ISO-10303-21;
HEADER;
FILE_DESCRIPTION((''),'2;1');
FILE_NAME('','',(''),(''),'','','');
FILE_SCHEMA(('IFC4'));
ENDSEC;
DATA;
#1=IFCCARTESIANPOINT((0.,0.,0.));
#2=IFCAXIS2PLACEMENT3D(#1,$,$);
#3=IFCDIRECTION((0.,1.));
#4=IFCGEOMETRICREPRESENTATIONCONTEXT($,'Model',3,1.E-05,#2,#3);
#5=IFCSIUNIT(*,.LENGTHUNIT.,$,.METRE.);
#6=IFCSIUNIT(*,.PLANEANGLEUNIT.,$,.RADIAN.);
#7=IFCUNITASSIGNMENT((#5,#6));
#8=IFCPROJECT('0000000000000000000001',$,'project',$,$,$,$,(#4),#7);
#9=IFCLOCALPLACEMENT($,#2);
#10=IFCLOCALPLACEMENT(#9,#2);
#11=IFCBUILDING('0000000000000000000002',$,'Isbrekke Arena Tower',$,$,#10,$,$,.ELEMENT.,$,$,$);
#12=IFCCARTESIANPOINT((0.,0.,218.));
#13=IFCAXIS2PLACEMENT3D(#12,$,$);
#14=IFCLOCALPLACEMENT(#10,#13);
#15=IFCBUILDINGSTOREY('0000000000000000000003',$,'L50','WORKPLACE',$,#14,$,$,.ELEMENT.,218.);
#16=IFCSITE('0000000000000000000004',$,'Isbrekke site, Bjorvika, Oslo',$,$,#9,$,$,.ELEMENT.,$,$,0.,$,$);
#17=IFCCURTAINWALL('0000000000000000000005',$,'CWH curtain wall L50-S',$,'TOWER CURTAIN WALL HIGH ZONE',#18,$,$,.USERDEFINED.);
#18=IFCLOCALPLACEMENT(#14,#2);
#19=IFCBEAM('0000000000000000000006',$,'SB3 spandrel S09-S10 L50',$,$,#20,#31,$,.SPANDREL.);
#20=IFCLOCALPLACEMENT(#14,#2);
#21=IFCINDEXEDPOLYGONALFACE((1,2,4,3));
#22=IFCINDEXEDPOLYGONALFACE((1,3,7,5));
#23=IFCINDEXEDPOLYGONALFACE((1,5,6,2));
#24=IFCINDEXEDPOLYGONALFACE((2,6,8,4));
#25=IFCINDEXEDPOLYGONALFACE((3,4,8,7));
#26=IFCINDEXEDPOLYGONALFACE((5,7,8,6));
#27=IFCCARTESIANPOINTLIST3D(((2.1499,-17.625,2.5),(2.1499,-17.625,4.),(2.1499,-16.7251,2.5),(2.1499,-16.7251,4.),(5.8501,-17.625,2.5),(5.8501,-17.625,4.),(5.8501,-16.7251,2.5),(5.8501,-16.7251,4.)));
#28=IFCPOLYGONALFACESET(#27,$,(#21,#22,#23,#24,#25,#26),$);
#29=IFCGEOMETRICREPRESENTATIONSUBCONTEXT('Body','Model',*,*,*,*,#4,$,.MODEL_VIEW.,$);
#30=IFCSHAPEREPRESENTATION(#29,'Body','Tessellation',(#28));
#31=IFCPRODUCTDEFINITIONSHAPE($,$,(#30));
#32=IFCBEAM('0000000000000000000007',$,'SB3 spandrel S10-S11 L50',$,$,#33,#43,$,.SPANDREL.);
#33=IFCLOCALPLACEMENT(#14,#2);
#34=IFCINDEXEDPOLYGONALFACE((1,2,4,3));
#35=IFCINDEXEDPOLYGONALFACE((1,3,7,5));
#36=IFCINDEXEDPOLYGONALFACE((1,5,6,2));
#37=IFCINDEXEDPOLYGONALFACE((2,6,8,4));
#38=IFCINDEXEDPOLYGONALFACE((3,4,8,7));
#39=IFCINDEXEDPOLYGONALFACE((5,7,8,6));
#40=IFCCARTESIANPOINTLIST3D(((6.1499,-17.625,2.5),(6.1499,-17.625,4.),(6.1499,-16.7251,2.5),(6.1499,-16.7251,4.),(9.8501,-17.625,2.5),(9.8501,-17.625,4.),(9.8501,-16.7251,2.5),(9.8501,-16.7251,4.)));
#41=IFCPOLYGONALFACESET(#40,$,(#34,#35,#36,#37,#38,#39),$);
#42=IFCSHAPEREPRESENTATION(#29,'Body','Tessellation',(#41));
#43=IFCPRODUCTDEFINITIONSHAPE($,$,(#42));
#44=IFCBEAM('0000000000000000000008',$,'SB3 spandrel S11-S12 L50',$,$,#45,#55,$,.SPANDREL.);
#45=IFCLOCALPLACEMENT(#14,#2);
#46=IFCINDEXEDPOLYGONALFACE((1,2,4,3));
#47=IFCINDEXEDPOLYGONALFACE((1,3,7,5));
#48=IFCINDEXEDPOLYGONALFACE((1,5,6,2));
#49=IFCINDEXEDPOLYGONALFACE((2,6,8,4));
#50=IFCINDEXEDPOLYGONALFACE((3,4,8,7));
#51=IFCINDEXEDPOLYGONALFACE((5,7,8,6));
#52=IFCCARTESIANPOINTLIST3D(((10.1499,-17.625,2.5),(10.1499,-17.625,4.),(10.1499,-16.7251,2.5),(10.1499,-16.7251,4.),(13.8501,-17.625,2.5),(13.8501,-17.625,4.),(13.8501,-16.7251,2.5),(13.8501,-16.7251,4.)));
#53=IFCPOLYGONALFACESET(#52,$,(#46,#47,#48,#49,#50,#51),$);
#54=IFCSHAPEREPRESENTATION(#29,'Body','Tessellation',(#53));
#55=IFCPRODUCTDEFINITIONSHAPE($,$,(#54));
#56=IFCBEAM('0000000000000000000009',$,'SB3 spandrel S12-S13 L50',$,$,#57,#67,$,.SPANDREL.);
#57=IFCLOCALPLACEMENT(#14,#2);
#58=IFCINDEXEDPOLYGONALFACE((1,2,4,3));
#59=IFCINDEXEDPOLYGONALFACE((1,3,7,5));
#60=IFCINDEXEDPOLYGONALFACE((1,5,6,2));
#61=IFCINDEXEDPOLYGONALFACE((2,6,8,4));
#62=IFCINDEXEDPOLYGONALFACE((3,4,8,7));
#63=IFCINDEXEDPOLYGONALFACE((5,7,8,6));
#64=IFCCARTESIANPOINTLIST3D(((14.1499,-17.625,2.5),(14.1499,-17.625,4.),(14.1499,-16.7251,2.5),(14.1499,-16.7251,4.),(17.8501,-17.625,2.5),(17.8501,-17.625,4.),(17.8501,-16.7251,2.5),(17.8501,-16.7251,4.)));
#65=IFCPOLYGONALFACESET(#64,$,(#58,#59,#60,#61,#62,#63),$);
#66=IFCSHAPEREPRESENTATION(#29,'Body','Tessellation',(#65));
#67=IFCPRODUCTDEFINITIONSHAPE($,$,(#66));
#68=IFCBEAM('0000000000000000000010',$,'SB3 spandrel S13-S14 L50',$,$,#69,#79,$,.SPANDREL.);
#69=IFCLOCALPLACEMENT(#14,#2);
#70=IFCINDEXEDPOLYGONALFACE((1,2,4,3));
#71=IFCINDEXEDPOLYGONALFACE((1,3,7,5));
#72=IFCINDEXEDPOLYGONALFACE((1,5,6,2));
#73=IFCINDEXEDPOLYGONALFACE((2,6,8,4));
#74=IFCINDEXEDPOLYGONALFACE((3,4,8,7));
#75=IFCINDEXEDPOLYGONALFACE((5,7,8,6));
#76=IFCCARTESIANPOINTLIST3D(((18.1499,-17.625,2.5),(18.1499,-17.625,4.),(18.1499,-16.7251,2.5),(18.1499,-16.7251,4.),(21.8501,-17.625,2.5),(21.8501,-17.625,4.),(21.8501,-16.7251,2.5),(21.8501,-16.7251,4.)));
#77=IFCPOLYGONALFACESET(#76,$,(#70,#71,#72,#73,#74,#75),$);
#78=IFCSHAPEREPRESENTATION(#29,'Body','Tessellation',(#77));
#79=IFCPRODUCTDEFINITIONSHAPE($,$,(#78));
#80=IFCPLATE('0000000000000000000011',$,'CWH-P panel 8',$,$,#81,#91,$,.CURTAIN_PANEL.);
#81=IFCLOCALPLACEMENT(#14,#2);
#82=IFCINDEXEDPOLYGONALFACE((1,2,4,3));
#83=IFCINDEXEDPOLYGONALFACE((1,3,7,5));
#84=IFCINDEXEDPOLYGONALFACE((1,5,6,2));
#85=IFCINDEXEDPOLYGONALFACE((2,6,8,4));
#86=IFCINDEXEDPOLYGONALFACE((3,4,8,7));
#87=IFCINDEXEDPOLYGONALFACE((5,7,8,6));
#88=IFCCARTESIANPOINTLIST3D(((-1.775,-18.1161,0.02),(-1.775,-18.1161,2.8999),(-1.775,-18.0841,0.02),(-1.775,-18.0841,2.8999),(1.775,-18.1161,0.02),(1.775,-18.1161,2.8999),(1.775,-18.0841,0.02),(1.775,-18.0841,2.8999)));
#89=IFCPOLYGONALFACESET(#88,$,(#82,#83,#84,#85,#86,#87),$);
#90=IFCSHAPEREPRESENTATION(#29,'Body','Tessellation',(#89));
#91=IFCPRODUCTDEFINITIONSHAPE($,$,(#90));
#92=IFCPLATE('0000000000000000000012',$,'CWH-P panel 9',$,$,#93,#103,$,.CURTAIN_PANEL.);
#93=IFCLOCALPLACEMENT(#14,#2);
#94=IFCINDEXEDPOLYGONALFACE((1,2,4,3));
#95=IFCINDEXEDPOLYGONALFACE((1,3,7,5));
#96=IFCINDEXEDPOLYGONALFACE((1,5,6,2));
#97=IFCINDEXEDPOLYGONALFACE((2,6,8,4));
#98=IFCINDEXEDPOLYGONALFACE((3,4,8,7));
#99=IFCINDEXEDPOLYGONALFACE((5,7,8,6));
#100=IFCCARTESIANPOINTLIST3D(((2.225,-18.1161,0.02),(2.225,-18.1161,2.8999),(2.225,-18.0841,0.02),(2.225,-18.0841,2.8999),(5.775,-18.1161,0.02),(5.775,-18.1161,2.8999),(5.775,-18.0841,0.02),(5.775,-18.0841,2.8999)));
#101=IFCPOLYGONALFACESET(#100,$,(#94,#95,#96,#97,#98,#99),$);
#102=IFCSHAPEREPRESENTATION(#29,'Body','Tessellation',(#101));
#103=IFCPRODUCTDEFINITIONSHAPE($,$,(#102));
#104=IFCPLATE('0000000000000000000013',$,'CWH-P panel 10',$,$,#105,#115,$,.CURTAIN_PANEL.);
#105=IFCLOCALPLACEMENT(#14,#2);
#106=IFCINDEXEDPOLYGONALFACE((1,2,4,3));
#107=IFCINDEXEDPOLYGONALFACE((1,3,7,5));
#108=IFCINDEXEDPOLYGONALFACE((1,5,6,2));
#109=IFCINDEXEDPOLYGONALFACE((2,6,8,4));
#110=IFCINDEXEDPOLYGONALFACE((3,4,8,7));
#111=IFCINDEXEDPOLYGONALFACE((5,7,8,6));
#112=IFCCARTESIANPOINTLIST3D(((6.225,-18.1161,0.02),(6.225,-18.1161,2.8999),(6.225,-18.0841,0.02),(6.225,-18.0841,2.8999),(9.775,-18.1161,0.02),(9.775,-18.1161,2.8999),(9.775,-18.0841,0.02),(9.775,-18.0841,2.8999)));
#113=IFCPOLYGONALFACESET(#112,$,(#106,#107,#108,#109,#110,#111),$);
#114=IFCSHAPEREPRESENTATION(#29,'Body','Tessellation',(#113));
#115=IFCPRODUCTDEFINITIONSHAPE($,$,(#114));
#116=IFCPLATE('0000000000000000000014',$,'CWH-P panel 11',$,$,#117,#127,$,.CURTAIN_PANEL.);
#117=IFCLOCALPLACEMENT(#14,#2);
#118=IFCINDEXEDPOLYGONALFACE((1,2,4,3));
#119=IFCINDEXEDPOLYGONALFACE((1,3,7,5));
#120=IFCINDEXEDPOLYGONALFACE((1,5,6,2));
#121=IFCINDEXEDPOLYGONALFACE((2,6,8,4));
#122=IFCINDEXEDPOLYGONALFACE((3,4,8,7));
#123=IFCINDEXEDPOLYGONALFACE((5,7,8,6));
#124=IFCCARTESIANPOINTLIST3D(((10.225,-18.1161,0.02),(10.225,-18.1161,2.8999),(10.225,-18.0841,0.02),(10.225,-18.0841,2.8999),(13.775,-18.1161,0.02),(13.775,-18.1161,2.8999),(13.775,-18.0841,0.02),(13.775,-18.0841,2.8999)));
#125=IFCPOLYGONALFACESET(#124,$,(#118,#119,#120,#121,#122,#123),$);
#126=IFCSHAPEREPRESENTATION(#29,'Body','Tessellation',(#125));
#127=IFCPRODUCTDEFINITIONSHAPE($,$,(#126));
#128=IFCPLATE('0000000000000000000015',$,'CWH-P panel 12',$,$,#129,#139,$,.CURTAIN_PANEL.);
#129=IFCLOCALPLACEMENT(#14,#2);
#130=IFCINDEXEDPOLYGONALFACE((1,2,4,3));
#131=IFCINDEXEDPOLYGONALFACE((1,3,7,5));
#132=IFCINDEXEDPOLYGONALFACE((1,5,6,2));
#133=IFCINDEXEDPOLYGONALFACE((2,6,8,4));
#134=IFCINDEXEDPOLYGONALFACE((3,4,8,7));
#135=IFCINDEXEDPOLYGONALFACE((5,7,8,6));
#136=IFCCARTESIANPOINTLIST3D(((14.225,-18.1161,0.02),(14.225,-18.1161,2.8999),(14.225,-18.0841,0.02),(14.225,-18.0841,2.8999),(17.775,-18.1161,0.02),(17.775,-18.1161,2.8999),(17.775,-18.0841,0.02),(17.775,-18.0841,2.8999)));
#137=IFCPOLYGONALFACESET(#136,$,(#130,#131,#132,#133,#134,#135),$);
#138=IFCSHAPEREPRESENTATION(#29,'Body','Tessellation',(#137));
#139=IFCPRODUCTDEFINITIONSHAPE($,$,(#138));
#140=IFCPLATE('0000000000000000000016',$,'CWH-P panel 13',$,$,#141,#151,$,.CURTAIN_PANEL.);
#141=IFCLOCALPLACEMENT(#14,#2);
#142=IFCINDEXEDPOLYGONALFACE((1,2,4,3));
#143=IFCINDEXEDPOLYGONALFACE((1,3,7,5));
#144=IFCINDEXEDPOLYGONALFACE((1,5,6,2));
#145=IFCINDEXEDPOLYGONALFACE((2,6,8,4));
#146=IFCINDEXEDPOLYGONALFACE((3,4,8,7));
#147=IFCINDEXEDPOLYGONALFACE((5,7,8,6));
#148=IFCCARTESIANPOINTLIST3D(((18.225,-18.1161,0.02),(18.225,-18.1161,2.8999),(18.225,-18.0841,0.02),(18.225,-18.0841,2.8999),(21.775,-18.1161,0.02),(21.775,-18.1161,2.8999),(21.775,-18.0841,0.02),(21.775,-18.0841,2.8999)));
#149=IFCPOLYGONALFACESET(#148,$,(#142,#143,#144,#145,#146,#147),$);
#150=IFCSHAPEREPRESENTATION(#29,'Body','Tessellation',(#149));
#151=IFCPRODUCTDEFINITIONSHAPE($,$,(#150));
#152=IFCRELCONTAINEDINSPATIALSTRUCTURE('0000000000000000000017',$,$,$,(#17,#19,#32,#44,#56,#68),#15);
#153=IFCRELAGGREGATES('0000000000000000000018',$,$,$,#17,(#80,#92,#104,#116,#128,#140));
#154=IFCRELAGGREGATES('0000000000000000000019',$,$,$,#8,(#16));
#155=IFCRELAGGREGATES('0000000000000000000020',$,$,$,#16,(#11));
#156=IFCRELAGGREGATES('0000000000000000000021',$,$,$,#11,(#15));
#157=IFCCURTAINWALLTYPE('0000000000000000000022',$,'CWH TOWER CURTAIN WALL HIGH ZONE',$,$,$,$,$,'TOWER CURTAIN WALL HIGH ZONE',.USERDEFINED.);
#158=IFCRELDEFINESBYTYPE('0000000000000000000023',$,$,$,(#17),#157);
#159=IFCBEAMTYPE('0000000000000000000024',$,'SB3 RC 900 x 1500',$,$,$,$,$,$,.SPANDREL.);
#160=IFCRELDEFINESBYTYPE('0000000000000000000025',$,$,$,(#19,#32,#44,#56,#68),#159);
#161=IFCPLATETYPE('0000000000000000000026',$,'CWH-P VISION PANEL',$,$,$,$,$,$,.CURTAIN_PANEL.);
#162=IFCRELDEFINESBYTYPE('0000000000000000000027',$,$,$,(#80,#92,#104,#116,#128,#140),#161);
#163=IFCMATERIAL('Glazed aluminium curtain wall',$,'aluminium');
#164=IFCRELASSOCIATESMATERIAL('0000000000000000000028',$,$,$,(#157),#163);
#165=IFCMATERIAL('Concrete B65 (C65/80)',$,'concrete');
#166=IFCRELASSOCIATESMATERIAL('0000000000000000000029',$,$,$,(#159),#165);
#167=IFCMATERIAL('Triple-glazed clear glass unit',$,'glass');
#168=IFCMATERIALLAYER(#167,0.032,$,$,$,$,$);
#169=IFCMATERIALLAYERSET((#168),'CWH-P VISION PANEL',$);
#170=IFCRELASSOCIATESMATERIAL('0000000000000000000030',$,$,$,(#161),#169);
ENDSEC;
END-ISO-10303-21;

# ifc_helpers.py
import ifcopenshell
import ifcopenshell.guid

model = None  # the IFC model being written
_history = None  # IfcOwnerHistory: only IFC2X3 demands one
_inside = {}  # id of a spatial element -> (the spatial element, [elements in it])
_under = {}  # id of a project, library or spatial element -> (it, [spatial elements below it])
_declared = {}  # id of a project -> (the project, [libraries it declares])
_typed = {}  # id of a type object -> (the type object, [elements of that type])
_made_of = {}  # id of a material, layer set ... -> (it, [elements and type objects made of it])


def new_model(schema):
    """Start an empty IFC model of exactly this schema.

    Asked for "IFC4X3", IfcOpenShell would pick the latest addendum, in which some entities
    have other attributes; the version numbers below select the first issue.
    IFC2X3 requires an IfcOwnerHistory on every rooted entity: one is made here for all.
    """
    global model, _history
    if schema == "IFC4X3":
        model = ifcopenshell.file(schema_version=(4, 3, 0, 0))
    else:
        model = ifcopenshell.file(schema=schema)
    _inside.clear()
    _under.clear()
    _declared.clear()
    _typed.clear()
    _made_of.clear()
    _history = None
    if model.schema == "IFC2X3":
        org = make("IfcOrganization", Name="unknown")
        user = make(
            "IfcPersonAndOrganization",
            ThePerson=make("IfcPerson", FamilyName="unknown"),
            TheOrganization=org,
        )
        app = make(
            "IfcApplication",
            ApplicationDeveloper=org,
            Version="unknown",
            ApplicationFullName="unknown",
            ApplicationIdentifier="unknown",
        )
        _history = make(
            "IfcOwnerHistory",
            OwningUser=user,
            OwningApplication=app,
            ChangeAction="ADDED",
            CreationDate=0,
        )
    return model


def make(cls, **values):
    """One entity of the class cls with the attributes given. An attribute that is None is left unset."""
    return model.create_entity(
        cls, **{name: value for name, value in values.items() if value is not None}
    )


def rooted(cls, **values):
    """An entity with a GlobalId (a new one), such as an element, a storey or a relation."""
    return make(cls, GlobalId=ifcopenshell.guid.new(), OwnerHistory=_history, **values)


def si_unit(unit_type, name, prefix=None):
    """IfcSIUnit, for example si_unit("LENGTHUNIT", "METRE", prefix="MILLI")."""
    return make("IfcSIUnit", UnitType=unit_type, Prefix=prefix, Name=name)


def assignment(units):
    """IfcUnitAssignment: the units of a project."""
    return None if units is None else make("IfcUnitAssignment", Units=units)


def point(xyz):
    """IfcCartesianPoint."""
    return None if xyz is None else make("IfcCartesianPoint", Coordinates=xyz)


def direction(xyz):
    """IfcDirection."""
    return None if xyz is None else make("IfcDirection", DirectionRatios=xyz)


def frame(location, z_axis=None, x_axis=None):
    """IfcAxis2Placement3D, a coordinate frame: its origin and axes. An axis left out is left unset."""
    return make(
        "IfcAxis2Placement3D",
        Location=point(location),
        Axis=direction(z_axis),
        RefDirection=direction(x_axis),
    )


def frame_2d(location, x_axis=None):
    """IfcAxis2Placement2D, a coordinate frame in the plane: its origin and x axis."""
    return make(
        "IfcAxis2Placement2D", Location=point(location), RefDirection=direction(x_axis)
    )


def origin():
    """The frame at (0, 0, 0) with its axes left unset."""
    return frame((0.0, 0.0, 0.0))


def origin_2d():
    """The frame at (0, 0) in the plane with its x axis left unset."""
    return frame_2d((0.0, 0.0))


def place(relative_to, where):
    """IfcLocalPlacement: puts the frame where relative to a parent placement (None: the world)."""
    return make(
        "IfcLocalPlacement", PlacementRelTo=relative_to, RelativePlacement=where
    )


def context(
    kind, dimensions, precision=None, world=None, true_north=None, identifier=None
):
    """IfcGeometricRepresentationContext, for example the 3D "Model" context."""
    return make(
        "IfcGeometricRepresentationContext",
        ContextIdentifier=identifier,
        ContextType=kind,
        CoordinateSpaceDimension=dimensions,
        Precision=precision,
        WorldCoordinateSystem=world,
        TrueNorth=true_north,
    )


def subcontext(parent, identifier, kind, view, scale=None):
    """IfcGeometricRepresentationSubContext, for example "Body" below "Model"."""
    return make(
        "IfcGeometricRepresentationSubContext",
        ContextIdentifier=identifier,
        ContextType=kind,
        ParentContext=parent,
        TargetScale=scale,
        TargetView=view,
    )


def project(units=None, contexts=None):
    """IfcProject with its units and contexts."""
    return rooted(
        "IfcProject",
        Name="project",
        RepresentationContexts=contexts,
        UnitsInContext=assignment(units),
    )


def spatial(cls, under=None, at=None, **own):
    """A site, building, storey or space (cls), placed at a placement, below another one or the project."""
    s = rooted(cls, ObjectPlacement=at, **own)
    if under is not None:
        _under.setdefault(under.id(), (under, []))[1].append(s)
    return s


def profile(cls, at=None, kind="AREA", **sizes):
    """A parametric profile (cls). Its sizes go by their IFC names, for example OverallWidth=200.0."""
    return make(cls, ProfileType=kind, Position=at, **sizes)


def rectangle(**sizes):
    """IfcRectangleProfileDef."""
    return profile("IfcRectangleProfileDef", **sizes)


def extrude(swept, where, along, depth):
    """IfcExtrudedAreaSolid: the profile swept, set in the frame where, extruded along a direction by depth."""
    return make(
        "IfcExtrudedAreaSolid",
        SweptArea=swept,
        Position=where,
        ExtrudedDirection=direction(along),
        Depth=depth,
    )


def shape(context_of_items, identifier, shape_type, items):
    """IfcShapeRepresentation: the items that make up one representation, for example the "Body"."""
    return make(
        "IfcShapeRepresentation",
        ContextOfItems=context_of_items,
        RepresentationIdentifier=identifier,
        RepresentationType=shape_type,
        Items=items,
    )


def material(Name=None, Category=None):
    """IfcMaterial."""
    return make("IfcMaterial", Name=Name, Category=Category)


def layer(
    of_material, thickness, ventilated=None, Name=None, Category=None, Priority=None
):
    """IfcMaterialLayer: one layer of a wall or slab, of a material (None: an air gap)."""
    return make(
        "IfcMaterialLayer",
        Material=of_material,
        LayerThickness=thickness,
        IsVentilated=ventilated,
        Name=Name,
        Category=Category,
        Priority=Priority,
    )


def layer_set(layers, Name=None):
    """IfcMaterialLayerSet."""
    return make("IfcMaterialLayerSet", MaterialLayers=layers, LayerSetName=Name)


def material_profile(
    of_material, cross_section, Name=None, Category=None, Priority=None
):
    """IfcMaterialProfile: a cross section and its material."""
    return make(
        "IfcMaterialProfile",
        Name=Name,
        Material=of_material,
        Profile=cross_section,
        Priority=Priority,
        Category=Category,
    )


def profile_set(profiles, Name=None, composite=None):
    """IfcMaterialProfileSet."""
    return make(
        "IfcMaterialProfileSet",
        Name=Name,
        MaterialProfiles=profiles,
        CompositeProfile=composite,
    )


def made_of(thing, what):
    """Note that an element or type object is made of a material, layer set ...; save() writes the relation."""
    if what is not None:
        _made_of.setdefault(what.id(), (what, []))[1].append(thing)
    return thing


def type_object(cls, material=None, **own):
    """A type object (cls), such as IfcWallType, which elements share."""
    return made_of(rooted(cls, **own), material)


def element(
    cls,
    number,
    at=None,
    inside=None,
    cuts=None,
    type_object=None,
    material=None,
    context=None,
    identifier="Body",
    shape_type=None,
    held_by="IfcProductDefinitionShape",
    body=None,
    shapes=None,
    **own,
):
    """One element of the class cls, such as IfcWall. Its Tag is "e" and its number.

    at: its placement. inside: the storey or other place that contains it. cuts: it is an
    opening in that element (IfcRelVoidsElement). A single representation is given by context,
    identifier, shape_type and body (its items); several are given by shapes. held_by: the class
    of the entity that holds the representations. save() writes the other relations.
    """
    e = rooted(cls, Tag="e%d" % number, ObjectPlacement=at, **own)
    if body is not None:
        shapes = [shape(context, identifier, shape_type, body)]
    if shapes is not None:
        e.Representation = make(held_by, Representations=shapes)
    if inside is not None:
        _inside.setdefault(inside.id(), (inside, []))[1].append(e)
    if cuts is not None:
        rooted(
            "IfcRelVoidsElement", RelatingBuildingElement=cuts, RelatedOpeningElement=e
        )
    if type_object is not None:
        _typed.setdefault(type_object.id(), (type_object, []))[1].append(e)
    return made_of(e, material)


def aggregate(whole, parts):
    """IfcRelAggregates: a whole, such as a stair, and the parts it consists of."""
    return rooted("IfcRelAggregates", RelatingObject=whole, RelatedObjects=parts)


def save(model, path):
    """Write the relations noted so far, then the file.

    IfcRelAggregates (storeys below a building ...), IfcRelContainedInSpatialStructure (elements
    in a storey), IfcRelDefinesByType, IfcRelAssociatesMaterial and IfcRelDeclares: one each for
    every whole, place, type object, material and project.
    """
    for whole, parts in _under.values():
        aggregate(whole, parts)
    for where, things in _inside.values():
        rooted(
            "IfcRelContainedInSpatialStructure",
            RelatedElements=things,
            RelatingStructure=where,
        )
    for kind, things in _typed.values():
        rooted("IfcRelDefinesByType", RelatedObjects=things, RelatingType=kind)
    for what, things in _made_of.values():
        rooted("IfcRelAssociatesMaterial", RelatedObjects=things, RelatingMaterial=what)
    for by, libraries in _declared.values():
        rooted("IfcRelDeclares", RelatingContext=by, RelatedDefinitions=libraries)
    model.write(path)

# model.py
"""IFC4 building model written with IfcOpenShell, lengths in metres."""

from ifc_helpers import new_model, si_unit, direction, frame, origin, origin_2d, place, context, subcontext, project, spatial, rectangle, extrude, material, layer, layer_set, material_profile, profile_set, type_object, element, aggregate, save


model = new_model("IFC4")

# Units and contexts
model_context = context("Model", 3, precision=1e-05, world=origin(), true_north=direction((0.0, 1.0)))
body_context = subcontext(model_context, "Body", "Model", "MODEL_VIEW")
ifc_project = project(units=[si_unit("LENGTHUNIT", "METRE"), si_unit("PLANEANGLEUNIT", "RADIAN")], contexts=[model_context])

# Site, building, storey
site_placement = place(None, origin())
site = spatial("IfcSite", under=ifc_project, at=site_placement, Name="Isbrekke site, Bjorvika, Oslo", CompositionType="ELEMENT", RefElevation=0.0)
building_placement = place(site_placement, origin())
building = spatial("IfcBuilding", under=site, at=building_placement, Name="Isbrekke Arena Tower", CompositionType="ELEMENT")
storey_placement = place(building_placement, frame((0.0, 0.0, 218.0)))
storey = spatial("IfcBuildingStorey", under=building, at=storey_placement, Name="L50", Description="WORKPLACE", CompositionType="ELEMENT", Elevation=218.0)

# Curtain wall
ifc_material_1 = material(Name="Glazed aluminium curtain wall", Category="aluminium")
curtain_wall_type = type_object("IfcCurtainWallType", Name="CWH TOWER CURTAIN WALL HIGH ZONE", ElementType="TOWER CURTAIN WALL HIGH ZONE", PredefinedType="USERDEFINED", material=ifc_material_1)
curtain_wall_placement = place(storey_placement, origin())
curtain_wall = element("IfcCurtainWall", 1, at=curtain_wall_placement, inside=storey, type_object=curtain_wall_type, Name="CWH curtain wall L50-S", ObjectType="TOWER CURTAIN WALL HIGH ZONE", PredefinedType="USERDEFINED")

# Beams
ifc_material_2 = material(Name="Concrete B65 (C65/80)", Category="concrete")
ifc_material_profile_1 = material_profile(ifc_material_2, rectangle(XDim=0.8999, YDim=1.5, at=origin_2d()), Name="RC 900x1500")
ifc_profile_set_1 = profile_set([ifc_material_profile_1], Name="Concrete B65 (C65/80)")
beam_type = type_object("IfcBeamType", Name="SB3 RC 900 x 1500", PredefinedType="SPANDREL", material=ifc_profile_set_1)
for number, where, z_axis, x_axis, name in (
    (2, (2.1499, -17.175, 3.25), (1.0, 0.0, 0.0), (0.0, 1.0, 0.0), "SB3 spandrel S09-S10 L50"),
    (3, (6.1499, -17.175, 3.25), (1.0, 0.0, 0.0), (0.0, 1.0, 0.0), "SB3 spandrel S10-S11 L50"),
    (4, (10.1499, -17.175, 3.25), (1.0, 0.0, 0.0), (0.0, 1.0, 0.0), "SB3 spandrel S11-S12 L50"),
    (5, (14.1499, -17.175, 3.25), (1.0, 0.0, 0.0), (0.0, 1.0, 0.0), "SB3 spandrel S12-S13 L50"),
    (6, (18.1499, -17.175, 3.25), (1.0, 0.0, 0.0), (0.0, 1.0, 0.0), "SB3 spandrel S13-S14 L50"),
):
    element("IfcBeam", number, at=place(storey_placement, frame(where, z_axis=z_axis, x_axis=x_axis)), inside=storey, type_object=beam_type, Name=name, PredefinedType="SPANDREL", context=body_context, shape_type="SweptSolid", body=[
        extrude(rectangle(XDim=0.8999, YDim=1.5, at=origin_2d()), origin(), (0.0, 0.0, 1.0), 3.7002),
    ])

# Plates
ifc_material_3 = material(Name="Triple-glazed clear glass unit", Category="glass")
ifc_layer = layer(ifc_material_3, 0.032)
ifc_layer_set = layer_set([ifc_layer], Name="CWH-P VISION PANEL")
plate_type = type_object("IfcPlateType", Name="CWH-P VISION PANEL", PredefinedType="CURTAIN_PANEL", material=ifc_layer_set)
plate_1_placement = place(storey_placement, frame((0.0, -18.1001, 0.02), z_axis=(0.0, 0.0, 1.0), x_axis=(1.0, 0.0, 0.0)))
plate_1 = element("IfcPlate", 7, at=plate_1_placement, type_object=plate_type, Name="CWH-P panel 8", PredefinedType="CURTAIN_PANEL", context=body_context, shape_type="SweptSolid", body=[
    extrude(rectangle(XDim=3.55, YDim=0.032, at=origin_2d()), origin(), (0.0, 0.0, 1.0), 2.8799),
])
plate_2_placement = place(storey_placement, frame((4.0, -18.1001, 0.02), z_axis=(0.0, 0.0, 1.0), x_axis=(1.0, 0.0, 0.0)))
plate_2 = element("IfcPlate", 8, at=plate_2_placement, type_object=plate_type, Name="CWH-P panel 9", PredefinedType="CURTAIN_PANEL", context=body_context, shape_type="SweptSolid", body=[
    extrude(rectangle(XDim=3.55, YDim=0.032, at=origin_2d()), origin(), (0.0, 0.0, 1.0), 2.8799),
])
plate_3_placement = place(storey_placement, frame((8.0, -18.1001, 0.02), z_axis=(0.0, 0.0, 1.0), x_axis=(1.0, 0.0, 0.0)))
plate_3 = element("IfcPlate", 9, at=plate_3_placement, type_object=plate_type, Name="CWH-P panel 10", PredefinedType="CURTAIN_PANEL", context=body_context, shape_type="SweptSolid", body=[
    extrude(rectangle(XDim=3.55, YDim=0.032, at=origin_2d()), origin(), (0.0, 0.0, 1.0), 2.8799),
])
plate_4_placement = place(storey_placement, frame((12.0, -18.1001, 0.02), z_axis=(0.0, 0.0, 1.0), x_axis=(1.0, 0.0, 0.0)))
plate_4 = element("IfcPlate", 10, at=plate_4_placement, type_object=plate_type, Name="CWH-P panel 11", PredefinedType="CURTAIN_PANEL", context=body_context, shape_type="SweptSolid", body=[
    extrude(rectangle(XDim=3.55, YDim=0.032, at=origin_2d()), origin(), (0.0, 0.0, 1.0), 2.8799),
])
plate_5_placement = place(storey_placement, frame((16.0, -18.1001, 0.02), z_axis=(0.0, 0.0, 1.0), x_axis=(1.0, 0.0, 0.0)))
plate_5 = element("IfcPlate", 11, at=plate_5_placement, type_object=plate_type, Name="CWH-P panel 12", PredefinedType="CURTAIN_PANEL", context=body_context, shape_type="SweptSolid", body=[
    extrude(rectangle(XDim=3.55, YDim=0.032, at=origin_2d()), origin(), (0.0, 0.0, 1.0), 2.8799),
])
plate_6_placement = place(storey_placement, frame((20.0, -18.1001, 0.02), z_axis=(0.0, 0.0, 1.0), x_axis=(1.0, 0.0, 0.0)))
plate_6 = element("IfcPlate", 12, at=plate_6_placement, type_object=plate_type, Name="CWH-P panel 13", PredefinedType="CURTAIN_PANEL", context=body_context, shape_type="SweptSolid", body=[
    extrude(rectangle(XDim=3.55, YDim=0.032, at=origin_2d()), origin(), (0.0, 0.0, 1.0), 2.8799),
])
aggregate(curtain_wall, [plate_1, plate_2, plate_3, plate_4, plate_5, plate_6])

save(model, "model.ifc")
